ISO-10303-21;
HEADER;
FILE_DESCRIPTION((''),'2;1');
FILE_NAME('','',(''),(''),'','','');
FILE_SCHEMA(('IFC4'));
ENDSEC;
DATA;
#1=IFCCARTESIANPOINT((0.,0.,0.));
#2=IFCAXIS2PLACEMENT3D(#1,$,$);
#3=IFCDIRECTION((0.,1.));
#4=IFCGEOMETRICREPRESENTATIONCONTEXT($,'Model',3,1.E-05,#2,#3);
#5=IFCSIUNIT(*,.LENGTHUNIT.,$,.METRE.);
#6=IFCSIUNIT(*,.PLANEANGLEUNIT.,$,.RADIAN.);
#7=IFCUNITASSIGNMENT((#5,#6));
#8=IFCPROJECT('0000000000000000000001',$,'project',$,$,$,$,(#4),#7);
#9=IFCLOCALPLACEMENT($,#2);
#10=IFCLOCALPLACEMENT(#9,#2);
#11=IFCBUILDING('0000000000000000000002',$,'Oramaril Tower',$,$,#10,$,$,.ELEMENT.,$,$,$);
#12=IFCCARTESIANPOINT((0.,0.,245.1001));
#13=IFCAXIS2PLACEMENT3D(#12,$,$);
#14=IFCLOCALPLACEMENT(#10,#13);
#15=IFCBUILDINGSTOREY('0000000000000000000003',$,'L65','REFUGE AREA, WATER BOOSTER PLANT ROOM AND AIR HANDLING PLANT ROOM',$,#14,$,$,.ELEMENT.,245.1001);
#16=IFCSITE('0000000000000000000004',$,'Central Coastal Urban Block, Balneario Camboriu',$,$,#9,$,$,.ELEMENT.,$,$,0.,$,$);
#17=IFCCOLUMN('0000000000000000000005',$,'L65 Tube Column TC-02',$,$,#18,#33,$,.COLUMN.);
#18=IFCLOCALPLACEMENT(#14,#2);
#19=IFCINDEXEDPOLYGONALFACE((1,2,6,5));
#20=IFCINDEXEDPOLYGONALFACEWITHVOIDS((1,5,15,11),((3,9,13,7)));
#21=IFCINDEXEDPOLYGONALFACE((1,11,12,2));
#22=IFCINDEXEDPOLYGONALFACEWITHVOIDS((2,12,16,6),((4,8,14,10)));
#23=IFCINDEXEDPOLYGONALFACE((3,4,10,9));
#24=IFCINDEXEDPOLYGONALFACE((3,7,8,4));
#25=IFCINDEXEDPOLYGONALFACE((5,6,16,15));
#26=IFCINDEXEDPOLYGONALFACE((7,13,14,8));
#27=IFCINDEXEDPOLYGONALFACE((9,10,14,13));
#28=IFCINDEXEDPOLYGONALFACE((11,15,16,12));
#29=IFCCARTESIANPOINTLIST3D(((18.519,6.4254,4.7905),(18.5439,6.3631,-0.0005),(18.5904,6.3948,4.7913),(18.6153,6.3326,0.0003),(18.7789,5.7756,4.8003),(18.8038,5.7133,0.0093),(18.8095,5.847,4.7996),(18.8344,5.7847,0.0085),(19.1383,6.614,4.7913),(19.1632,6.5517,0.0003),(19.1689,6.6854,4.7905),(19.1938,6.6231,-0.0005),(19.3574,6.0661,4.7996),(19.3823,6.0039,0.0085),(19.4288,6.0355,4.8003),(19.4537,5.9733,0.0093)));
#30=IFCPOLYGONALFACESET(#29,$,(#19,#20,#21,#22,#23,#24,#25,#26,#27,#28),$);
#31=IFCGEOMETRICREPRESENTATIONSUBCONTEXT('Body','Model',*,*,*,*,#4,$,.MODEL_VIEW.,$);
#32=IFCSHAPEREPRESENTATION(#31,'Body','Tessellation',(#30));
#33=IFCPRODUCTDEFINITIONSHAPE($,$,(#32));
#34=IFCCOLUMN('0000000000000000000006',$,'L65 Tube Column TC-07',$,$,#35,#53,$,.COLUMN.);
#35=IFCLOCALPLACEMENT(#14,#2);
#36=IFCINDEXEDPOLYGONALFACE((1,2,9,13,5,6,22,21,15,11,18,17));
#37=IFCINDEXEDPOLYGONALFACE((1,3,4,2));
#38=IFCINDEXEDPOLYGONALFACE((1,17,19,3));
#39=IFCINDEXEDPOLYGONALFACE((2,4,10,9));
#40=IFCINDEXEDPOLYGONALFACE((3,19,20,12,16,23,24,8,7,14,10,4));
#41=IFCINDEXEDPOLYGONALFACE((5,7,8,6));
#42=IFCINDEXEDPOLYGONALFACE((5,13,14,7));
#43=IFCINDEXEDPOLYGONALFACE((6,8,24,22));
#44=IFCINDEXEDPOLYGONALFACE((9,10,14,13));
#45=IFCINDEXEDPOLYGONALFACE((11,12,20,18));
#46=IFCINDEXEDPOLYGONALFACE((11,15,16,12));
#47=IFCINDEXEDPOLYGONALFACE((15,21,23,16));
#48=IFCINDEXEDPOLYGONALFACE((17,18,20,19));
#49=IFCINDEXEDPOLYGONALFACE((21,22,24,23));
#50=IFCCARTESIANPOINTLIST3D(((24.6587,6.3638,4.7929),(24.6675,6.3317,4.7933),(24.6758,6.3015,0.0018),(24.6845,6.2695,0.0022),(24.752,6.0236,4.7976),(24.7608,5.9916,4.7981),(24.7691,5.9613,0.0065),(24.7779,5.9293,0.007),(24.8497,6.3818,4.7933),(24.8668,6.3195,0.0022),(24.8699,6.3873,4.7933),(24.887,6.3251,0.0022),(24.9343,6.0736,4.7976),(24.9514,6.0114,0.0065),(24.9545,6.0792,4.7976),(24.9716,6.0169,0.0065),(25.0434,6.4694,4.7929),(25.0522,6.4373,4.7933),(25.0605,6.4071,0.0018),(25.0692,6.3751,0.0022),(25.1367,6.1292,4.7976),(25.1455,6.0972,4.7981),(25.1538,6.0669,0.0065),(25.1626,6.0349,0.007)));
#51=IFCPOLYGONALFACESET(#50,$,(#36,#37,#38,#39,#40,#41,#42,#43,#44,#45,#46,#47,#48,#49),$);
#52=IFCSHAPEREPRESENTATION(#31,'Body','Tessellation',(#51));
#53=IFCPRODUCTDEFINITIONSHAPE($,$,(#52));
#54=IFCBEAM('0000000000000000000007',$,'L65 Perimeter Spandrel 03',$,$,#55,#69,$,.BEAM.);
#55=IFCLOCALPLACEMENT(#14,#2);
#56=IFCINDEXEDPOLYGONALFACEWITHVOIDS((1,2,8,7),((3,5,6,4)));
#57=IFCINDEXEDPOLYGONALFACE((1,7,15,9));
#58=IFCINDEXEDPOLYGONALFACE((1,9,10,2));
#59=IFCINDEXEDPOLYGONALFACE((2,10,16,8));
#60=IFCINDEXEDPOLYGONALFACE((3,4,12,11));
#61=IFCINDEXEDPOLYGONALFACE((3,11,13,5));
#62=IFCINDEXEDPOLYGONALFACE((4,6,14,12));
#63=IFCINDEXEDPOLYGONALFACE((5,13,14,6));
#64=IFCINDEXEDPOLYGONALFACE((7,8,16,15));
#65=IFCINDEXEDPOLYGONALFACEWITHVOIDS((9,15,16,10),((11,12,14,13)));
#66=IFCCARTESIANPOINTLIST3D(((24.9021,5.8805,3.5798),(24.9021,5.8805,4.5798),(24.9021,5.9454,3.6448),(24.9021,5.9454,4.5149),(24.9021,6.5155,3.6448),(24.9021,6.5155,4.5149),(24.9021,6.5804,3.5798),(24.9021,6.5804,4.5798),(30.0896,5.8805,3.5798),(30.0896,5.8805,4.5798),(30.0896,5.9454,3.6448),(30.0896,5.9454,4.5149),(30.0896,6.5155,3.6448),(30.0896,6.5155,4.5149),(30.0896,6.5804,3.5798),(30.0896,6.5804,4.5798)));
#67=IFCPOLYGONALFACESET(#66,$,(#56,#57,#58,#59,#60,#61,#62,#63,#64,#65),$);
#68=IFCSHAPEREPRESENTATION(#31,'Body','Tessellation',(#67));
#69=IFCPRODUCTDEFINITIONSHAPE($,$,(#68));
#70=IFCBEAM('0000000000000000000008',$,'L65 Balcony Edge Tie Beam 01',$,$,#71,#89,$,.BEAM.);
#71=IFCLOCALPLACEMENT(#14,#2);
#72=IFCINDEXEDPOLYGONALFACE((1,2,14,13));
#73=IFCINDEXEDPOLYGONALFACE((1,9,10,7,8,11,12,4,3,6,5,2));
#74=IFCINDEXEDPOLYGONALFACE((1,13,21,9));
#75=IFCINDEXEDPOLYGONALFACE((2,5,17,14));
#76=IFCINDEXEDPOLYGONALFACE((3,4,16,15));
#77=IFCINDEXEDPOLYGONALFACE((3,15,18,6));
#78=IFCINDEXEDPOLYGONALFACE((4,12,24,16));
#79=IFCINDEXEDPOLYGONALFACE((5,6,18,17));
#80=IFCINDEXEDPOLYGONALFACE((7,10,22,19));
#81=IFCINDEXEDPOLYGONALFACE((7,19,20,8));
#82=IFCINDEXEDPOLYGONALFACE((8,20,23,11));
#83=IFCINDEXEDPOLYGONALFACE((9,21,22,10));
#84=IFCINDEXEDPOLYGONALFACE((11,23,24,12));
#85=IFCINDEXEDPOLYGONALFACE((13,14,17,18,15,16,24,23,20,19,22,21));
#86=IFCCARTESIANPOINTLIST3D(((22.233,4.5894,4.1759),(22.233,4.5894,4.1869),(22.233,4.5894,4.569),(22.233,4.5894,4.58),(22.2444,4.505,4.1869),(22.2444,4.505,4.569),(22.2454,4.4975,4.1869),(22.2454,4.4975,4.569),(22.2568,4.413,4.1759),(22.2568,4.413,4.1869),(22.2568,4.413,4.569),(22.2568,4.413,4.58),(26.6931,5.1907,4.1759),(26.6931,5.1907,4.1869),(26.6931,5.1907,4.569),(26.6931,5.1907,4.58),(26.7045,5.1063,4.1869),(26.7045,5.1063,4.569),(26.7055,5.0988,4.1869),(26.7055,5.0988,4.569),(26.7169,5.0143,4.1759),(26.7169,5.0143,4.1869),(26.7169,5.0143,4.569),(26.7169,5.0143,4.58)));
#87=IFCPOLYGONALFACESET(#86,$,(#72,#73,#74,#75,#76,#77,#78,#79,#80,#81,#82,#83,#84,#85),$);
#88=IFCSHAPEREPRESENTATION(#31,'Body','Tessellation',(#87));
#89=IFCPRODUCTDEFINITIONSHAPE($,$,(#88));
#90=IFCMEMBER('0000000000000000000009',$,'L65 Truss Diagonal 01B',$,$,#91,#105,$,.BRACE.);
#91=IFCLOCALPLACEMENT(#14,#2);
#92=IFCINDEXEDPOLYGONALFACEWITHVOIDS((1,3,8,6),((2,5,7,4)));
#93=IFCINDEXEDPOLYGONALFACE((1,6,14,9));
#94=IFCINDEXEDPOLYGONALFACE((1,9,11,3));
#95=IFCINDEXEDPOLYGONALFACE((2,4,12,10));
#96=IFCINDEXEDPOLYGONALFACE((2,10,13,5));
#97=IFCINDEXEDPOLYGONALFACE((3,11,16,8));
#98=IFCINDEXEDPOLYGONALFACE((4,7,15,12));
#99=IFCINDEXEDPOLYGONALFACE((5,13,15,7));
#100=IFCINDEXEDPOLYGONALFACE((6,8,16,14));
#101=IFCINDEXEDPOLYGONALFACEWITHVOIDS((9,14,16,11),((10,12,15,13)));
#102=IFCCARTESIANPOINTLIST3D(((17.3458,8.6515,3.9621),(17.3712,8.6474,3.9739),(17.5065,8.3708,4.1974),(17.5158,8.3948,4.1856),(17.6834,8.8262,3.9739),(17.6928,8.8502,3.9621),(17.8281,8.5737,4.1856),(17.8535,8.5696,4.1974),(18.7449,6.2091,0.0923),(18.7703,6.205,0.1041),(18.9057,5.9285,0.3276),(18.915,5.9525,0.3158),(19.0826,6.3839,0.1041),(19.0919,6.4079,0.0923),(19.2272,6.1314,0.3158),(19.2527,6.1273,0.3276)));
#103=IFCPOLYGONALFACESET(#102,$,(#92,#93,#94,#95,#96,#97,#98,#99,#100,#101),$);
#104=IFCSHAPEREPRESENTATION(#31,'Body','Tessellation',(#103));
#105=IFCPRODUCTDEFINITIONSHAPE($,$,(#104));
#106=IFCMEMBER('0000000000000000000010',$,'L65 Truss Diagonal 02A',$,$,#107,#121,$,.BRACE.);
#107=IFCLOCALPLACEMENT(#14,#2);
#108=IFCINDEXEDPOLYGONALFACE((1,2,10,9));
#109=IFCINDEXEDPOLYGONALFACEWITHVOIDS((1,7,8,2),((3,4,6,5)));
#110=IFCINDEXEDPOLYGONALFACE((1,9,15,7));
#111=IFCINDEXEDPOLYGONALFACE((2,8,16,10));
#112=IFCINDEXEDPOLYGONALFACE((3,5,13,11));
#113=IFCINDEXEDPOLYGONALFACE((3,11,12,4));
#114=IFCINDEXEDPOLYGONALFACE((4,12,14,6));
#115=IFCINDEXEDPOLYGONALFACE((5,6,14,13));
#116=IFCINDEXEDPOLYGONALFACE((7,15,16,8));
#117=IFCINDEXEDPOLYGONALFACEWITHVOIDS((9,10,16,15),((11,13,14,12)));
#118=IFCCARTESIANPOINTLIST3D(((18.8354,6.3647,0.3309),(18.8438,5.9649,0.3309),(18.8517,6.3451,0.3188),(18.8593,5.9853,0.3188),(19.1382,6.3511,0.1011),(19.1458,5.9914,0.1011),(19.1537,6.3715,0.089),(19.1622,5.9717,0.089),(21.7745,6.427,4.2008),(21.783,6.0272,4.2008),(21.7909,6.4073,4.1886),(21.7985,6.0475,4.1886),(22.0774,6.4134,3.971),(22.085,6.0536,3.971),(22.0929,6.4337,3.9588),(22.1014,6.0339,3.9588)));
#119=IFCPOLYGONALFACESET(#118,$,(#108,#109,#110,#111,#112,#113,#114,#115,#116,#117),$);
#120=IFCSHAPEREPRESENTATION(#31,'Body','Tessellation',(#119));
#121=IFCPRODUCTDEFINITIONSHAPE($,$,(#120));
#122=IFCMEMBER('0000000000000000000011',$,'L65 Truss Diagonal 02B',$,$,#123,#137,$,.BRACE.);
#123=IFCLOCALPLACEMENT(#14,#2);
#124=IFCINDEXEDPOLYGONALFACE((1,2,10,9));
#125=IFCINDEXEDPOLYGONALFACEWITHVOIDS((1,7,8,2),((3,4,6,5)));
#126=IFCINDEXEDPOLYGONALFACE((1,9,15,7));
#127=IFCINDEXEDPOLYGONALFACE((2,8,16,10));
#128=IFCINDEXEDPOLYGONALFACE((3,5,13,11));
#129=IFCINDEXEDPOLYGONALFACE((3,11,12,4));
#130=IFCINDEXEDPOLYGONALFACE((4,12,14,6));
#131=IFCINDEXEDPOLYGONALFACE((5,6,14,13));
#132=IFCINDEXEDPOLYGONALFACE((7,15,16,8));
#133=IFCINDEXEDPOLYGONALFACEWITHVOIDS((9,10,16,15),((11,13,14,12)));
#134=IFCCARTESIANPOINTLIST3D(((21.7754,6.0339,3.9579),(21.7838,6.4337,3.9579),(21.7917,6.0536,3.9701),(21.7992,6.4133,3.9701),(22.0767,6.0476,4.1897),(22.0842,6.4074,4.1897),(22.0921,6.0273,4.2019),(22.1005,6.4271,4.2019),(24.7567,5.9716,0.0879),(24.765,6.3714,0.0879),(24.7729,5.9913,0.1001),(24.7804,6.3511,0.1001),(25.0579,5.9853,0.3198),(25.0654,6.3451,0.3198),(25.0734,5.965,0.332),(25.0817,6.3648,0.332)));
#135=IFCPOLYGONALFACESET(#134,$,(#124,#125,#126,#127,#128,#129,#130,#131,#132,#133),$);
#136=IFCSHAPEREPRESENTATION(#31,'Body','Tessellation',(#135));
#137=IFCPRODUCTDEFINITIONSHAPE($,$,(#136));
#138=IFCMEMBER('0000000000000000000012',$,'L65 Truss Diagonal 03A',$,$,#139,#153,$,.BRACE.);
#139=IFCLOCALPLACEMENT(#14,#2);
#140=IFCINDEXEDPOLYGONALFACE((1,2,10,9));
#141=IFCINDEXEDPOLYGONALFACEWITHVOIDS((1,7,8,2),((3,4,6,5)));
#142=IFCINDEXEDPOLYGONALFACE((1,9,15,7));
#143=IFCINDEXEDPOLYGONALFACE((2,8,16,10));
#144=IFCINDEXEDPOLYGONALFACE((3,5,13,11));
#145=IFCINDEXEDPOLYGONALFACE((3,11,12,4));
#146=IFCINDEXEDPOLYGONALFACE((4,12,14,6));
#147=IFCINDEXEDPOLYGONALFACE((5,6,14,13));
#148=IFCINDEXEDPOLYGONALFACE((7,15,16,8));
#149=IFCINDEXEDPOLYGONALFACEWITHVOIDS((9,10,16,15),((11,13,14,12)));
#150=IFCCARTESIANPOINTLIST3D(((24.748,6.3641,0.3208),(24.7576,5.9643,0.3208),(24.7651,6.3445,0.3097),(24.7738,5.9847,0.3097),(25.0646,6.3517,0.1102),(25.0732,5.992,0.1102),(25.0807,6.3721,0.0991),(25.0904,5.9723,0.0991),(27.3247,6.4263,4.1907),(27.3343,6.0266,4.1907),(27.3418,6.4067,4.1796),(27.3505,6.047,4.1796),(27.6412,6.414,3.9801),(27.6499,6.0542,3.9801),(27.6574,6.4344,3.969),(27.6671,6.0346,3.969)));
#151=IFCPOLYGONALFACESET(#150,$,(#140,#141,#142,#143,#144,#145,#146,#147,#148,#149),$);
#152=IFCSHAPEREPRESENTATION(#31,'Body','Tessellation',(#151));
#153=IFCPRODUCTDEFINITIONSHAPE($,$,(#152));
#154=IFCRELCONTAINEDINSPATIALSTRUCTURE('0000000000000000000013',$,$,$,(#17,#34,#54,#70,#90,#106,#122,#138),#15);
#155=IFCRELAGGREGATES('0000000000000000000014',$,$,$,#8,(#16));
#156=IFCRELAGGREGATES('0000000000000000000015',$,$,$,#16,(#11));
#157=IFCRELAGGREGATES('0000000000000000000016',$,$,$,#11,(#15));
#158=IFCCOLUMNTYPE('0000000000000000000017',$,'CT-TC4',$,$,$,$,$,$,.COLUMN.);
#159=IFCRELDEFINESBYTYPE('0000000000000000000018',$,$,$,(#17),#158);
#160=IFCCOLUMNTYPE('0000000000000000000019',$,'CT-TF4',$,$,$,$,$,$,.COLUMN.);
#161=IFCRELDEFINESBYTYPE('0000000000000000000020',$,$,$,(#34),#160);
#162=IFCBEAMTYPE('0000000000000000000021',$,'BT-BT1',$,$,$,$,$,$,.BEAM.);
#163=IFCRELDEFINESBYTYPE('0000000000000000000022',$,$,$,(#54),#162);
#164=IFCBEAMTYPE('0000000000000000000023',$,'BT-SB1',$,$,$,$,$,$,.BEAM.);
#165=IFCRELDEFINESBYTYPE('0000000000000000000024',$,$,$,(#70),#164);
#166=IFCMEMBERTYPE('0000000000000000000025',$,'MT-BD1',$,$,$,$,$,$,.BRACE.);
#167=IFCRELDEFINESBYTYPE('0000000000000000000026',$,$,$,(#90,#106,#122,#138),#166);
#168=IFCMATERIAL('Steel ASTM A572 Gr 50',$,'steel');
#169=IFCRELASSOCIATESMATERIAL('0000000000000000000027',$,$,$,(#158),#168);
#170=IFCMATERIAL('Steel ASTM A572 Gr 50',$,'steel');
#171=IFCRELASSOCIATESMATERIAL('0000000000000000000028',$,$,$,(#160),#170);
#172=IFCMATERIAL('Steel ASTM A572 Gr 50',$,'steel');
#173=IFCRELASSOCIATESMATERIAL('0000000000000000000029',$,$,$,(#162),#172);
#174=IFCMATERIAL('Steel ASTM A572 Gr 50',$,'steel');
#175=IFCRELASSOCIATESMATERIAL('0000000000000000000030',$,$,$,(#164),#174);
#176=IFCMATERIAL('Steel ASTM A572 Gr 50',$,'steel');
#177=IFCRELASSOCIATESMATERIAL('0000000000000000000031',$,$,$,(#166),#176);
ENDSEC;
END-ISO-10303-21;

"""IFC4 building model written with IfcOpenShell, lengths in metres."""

from ifc_helpers import new_model, si_unit, direction, frame, origin, origin_2d, place, context, subcontext, project, spatial, hollow_rectangle, i_section, extrude, material, material_profile, profile_set, type_object, element, save


model = new_model("IFC4")

# Units and contexts
model_context = context("Model", 3, precision=1e-05, world=origin(), true_north=direction((0.0, 1.0)))
body_context = subcontext(model_context, "Body", "Model", "MODEL_VIEW")
ifc_project = project(units=[si_unit("LENGTHUNIT", "METRE"), si_unit("PLANEANGLEUNIT", "RADIAN")], contexts=[model_context])

# Site, building, storey
site_placement = place(None, origin())
site = spatial("IfcSite", under=ifc_project, at=site_placement, Name="Central Coastal Urban Block, Balneario Camboriu", CompositionType="ELEMENT", RefElevation=0.0)
building_placement = place(site_placement, origin())
building = spatial("IfcBuilding", under=site, at=building_placement, Name="Oramaril Tower", CompositionType="ELEMENT")
storey_placement = place(building_placement, frame((0.0, 0.0, 245.1001)))
storey = spatial("IfcBuildingStorey", under=building, at=storey_placement, Name="L65", Description="REFUGE AREA, WATER BOOSTER PLANT ROOM AND AIR HANDLING PLANT ROOM", CompositionType="ELEMENT", Elevation=245.1001)

# Columns
ifc_material_1 = material(Name="Steel ASTM A572 Gr 50", Category="steel")
ifc_material_profile_1 = material_profile(ifc_material_1, hollow_rectangle(XDim=0.7, YDim=0.7, WallThickness=0.0549, at=origin_2d()), Name="BOX700X700X55")
ifc_profile_set_1 = profile_set([ifc_material_profile_1], Name="Steel ASTM A572 Gr 50")
column_type_1 = type_object("IfcColumnType", Name="CT-TC4", PredefinedType="COLUMN", material=ifc_profile_set_1)
column_1_placement = place(storey_placement, frame((18.9988, 6.1682, 0.0044), z_axis=(-0.005197, 0.012993, 0.999902), x_axis=(-0.928477, -0.371391, 0.0)))
element("IfcColumn", 1, at=column_1_placement, inside=storey, type_object=column_type_1, Name="L65 Tube Column TC-02", PredefinedType="COLUMN", context=body_context, shape_type="SweptSolid", body=[
    extrude(hollow_rectangle(XDim=0.7, YDim=0.7, WallThickness=0.0549, at=origin_2d()), origin(), (0.0, 0.0, 1.0), 4.7915),
])
ifc_material_2 = material(Name="Steel ASTM A572 Gr 50", Category="steel")
ifc_material_profile_2 = material_profile(ifc_material_2, i_section(OverallWidth=0.3989, OverallDepth=0.386, WebThickness=0.021, FlangeThickness=0.0332, at=origin_2d()), Name="W14X176")
ifc_profile_set_2 = profile_set([ifc_material_profile_2], Name="Steel ASTM A572 Gr 50")
column_type_2 = type_object("IfcColumnType", Name="CT-TF4", PredefinedType="COLUMN", material=ifc_profile_set_2)
column_2_placement = place(storey_placement, frame((24.9192, 6.1682, 0.0044), z_axis=(-0.003567, 0.012993, 0.999909), x_axis=(-0.964326, -0.264717, 0.0)))
element("IfcColumn", 2, at=column_2_placement, inside=storey, type_object=column_type_2, Name="L65 Tube Column TC-07", PredefinedType="COLUMN", context=body_context, shape_type="SweptSolid", body=[
    extrude(i_section(OverallWidth=0.3989, OverallDepth=0.386, WebThickness=0.021, FlangeThickness=0.0332, at=origin_2d()), origin(), (0.0, 0.0, 1.0), 4.7915),
])

# Beams
ifc_material_3 = material(Name="Steel ASTM A572 Gr 50", Category="steel")
ifc_material_profile_3 = material_profile(ifc_material_3, hollow_rectangle(XDim=0.7, YDim=1.0, WallThickness=0.0649, at=origin_2d()), Name="BOX1000X700X65")
ifc_profile_set_3 = profile_set([ifc_material_profile_3], Name="Steel ASTM A572 Gr 50")
beam_type_1 = type_object("IfcBeamType", Name="BT-BT1", PredefinedType="BEAM", material=ifc_profile_set_3)
beam_1_placement = place(storey_placement, frame((24.9021, 6.2305, 4.0798), z_axis=(1.0, 0.0, 0.0), x_axis=(0.0, 1.0, 0.0)))
element("IfcBeam", 3, at=beam_1_placement, inside=storey, type_object=beam_type_1, Name="L65 Perimeter Spandrel 03", PredefinedType="BEAM", context=body_context, shape_type="SweptSolid", body=[
    extrude(hollow_rectangle(XDim=0.7, YDim=1.0, WallThickness=0.0649, at=origin_2d()), origin(), (0.0, 0.0, 1.0), 5.1875),
])
ifc_material_4 = material(Name="Steel ASTM A572 Gr 50", Category="steel")
ifc_material_profile_4 = material_profile(ifc_material_4, i_section(OverallWidth=0.178, OverallDepth=0.4041, WebThickness=0.0076, FlangeThickness=0.011, at=origin_2d()), Name="W16X36")
ifc_profile_set_4 = profile_set([ifc_material_profile_4], Name="Steel ASTM A572 Gr 50")
beam_type_2 = type_object("IfcBeamType", Name="BT-SB1", PredefinedType="BEAM", material=ifc_profile_set_4)
beam_2_placement = place(storey_placement, frame((22.2449, 4.5012, 4.3779), z_axis=(0.991034, 0.13361, 0.0), x_axis=(-0.13361, 0.991034, 0.0)))
element("IfcBeam", 4, at=beam_2_placement, inside=storey, type_object=beam_type_2, Name="L65 Balcony Edge Tie Beam 01", PredefinedType="BEAM", context=body_context, shape_type="SweptSolid", body=[
    extrude(i_section(OverallWidth=0.178, OverallDepth=0.4041, WebThickness=0.0076, FlangeThickness=0.011, at=origin_2d()), origin(), (0.0, 0.0, 1.0), 4.5005),
])

# Members
ifc_material_5 = material(Name="Steel ASTM A572 Gr 50", Category="steel")
ifc_material_profile_5 = material_profile(ifc_material_5, hollow_rectangle(XDim=0.3999, YDim=0.3999, WallThickness=0.02, at=origin_2d()), Name="HSS400X400X20")
ifc_profile_set_5 = profile_set([ifc_material_profile_5], Name="Steel ASTM A572 Gr 50")
member_type_1 = type_object("IfcMemberType", Name="MT-BD1", PredefinedType="BRACE", material=ifc_profile_set_5)
member_1_placement = place(storey_placement, frame((18.9988, 6.1682, 0.21), z_axis=(-0.292391, 0.510396, 0.808705), x_axis=(-0.867704, -0.497082, 0.0)))
element("IfcMember", 5, at=member_1_placement, inside=storey, type_object=member_type_1, Name="L65 Truss Diagonal 01B", PredefinedType="BRACE", context=body_context, shape_type="SweptSolid", body=[
    extrude(hollow_rectangle(XDim=0.3999, YDim=0.3999, WallThickness=0.02, at=origin_2d()), origin(), (0.0, 0.0, 1.0), 4.7852),
])
member_2_placement = place(storey_placement, frame((18.9988, 6.1682, 0.21), z_axis=(0.604786, 0.01281, 0.796285), x_axis=(-0.021176, 0.999776, 0.0)))
element("IfcMember", 6, at=member_2_placement, inside=storey, type_object=member_type_1, Name="L65 Truss Diagonal 02A", PredefinedType="BRACE", context=body_context, shape_type="SweptSolid", body=[
    extrude(hollow_rectangle(XDim=0.3999, YDim=0.3999, WallThickness=0.02, at=origin_2d()), origin(), (0.0, 0.0, 1.0), 4.8599),
])
member_3_placement = place(storey_placement, frame((24.9192, 6.1682, 0.21), z_axis=(-0.610224, 0.012743, 0.792127), x_axis=(-0.020878, -0.999782, 0.0)))
element("IfcMember", 7, at=member_3_placement, inside=storey, type_object=member_type_1, Name="L65 Truss Diagonal 02B", PredefinedType="BRACE", context=body_context, shape_type="SweptSolid", body=[
    extrude(hollow_rectangle(XDim=0.3999, YDim=0.3999, WallThickness=0.02, at=origin_2d()), origin(), (0.0, 0.0, 1.0), 4.8855),
])
member_4_placement = place(storey_placement, frame((24.9192, 6.1682, 0.21), z_axis=(0.554166, 0.013389, 0.832299), x_axis=(-0.024154, 0.999708, 0.0)))
element("IfcMember", 8, at=member_4_placement, inside=storey, type_object=member_type_1, Name="L65 Truss Diagonal 03A", PredefinedType="BRACE", context=body_context, shape_type="SweptSolid", body=[
    extrude(hollow_rectangle(XDim=0.3999, YDim=0.3999, WallThickness=0.02, at=origin_2d()), origin(), (0.0, 0.0, 1.0), 4.6497),
])

save(model, "model.ifc")
